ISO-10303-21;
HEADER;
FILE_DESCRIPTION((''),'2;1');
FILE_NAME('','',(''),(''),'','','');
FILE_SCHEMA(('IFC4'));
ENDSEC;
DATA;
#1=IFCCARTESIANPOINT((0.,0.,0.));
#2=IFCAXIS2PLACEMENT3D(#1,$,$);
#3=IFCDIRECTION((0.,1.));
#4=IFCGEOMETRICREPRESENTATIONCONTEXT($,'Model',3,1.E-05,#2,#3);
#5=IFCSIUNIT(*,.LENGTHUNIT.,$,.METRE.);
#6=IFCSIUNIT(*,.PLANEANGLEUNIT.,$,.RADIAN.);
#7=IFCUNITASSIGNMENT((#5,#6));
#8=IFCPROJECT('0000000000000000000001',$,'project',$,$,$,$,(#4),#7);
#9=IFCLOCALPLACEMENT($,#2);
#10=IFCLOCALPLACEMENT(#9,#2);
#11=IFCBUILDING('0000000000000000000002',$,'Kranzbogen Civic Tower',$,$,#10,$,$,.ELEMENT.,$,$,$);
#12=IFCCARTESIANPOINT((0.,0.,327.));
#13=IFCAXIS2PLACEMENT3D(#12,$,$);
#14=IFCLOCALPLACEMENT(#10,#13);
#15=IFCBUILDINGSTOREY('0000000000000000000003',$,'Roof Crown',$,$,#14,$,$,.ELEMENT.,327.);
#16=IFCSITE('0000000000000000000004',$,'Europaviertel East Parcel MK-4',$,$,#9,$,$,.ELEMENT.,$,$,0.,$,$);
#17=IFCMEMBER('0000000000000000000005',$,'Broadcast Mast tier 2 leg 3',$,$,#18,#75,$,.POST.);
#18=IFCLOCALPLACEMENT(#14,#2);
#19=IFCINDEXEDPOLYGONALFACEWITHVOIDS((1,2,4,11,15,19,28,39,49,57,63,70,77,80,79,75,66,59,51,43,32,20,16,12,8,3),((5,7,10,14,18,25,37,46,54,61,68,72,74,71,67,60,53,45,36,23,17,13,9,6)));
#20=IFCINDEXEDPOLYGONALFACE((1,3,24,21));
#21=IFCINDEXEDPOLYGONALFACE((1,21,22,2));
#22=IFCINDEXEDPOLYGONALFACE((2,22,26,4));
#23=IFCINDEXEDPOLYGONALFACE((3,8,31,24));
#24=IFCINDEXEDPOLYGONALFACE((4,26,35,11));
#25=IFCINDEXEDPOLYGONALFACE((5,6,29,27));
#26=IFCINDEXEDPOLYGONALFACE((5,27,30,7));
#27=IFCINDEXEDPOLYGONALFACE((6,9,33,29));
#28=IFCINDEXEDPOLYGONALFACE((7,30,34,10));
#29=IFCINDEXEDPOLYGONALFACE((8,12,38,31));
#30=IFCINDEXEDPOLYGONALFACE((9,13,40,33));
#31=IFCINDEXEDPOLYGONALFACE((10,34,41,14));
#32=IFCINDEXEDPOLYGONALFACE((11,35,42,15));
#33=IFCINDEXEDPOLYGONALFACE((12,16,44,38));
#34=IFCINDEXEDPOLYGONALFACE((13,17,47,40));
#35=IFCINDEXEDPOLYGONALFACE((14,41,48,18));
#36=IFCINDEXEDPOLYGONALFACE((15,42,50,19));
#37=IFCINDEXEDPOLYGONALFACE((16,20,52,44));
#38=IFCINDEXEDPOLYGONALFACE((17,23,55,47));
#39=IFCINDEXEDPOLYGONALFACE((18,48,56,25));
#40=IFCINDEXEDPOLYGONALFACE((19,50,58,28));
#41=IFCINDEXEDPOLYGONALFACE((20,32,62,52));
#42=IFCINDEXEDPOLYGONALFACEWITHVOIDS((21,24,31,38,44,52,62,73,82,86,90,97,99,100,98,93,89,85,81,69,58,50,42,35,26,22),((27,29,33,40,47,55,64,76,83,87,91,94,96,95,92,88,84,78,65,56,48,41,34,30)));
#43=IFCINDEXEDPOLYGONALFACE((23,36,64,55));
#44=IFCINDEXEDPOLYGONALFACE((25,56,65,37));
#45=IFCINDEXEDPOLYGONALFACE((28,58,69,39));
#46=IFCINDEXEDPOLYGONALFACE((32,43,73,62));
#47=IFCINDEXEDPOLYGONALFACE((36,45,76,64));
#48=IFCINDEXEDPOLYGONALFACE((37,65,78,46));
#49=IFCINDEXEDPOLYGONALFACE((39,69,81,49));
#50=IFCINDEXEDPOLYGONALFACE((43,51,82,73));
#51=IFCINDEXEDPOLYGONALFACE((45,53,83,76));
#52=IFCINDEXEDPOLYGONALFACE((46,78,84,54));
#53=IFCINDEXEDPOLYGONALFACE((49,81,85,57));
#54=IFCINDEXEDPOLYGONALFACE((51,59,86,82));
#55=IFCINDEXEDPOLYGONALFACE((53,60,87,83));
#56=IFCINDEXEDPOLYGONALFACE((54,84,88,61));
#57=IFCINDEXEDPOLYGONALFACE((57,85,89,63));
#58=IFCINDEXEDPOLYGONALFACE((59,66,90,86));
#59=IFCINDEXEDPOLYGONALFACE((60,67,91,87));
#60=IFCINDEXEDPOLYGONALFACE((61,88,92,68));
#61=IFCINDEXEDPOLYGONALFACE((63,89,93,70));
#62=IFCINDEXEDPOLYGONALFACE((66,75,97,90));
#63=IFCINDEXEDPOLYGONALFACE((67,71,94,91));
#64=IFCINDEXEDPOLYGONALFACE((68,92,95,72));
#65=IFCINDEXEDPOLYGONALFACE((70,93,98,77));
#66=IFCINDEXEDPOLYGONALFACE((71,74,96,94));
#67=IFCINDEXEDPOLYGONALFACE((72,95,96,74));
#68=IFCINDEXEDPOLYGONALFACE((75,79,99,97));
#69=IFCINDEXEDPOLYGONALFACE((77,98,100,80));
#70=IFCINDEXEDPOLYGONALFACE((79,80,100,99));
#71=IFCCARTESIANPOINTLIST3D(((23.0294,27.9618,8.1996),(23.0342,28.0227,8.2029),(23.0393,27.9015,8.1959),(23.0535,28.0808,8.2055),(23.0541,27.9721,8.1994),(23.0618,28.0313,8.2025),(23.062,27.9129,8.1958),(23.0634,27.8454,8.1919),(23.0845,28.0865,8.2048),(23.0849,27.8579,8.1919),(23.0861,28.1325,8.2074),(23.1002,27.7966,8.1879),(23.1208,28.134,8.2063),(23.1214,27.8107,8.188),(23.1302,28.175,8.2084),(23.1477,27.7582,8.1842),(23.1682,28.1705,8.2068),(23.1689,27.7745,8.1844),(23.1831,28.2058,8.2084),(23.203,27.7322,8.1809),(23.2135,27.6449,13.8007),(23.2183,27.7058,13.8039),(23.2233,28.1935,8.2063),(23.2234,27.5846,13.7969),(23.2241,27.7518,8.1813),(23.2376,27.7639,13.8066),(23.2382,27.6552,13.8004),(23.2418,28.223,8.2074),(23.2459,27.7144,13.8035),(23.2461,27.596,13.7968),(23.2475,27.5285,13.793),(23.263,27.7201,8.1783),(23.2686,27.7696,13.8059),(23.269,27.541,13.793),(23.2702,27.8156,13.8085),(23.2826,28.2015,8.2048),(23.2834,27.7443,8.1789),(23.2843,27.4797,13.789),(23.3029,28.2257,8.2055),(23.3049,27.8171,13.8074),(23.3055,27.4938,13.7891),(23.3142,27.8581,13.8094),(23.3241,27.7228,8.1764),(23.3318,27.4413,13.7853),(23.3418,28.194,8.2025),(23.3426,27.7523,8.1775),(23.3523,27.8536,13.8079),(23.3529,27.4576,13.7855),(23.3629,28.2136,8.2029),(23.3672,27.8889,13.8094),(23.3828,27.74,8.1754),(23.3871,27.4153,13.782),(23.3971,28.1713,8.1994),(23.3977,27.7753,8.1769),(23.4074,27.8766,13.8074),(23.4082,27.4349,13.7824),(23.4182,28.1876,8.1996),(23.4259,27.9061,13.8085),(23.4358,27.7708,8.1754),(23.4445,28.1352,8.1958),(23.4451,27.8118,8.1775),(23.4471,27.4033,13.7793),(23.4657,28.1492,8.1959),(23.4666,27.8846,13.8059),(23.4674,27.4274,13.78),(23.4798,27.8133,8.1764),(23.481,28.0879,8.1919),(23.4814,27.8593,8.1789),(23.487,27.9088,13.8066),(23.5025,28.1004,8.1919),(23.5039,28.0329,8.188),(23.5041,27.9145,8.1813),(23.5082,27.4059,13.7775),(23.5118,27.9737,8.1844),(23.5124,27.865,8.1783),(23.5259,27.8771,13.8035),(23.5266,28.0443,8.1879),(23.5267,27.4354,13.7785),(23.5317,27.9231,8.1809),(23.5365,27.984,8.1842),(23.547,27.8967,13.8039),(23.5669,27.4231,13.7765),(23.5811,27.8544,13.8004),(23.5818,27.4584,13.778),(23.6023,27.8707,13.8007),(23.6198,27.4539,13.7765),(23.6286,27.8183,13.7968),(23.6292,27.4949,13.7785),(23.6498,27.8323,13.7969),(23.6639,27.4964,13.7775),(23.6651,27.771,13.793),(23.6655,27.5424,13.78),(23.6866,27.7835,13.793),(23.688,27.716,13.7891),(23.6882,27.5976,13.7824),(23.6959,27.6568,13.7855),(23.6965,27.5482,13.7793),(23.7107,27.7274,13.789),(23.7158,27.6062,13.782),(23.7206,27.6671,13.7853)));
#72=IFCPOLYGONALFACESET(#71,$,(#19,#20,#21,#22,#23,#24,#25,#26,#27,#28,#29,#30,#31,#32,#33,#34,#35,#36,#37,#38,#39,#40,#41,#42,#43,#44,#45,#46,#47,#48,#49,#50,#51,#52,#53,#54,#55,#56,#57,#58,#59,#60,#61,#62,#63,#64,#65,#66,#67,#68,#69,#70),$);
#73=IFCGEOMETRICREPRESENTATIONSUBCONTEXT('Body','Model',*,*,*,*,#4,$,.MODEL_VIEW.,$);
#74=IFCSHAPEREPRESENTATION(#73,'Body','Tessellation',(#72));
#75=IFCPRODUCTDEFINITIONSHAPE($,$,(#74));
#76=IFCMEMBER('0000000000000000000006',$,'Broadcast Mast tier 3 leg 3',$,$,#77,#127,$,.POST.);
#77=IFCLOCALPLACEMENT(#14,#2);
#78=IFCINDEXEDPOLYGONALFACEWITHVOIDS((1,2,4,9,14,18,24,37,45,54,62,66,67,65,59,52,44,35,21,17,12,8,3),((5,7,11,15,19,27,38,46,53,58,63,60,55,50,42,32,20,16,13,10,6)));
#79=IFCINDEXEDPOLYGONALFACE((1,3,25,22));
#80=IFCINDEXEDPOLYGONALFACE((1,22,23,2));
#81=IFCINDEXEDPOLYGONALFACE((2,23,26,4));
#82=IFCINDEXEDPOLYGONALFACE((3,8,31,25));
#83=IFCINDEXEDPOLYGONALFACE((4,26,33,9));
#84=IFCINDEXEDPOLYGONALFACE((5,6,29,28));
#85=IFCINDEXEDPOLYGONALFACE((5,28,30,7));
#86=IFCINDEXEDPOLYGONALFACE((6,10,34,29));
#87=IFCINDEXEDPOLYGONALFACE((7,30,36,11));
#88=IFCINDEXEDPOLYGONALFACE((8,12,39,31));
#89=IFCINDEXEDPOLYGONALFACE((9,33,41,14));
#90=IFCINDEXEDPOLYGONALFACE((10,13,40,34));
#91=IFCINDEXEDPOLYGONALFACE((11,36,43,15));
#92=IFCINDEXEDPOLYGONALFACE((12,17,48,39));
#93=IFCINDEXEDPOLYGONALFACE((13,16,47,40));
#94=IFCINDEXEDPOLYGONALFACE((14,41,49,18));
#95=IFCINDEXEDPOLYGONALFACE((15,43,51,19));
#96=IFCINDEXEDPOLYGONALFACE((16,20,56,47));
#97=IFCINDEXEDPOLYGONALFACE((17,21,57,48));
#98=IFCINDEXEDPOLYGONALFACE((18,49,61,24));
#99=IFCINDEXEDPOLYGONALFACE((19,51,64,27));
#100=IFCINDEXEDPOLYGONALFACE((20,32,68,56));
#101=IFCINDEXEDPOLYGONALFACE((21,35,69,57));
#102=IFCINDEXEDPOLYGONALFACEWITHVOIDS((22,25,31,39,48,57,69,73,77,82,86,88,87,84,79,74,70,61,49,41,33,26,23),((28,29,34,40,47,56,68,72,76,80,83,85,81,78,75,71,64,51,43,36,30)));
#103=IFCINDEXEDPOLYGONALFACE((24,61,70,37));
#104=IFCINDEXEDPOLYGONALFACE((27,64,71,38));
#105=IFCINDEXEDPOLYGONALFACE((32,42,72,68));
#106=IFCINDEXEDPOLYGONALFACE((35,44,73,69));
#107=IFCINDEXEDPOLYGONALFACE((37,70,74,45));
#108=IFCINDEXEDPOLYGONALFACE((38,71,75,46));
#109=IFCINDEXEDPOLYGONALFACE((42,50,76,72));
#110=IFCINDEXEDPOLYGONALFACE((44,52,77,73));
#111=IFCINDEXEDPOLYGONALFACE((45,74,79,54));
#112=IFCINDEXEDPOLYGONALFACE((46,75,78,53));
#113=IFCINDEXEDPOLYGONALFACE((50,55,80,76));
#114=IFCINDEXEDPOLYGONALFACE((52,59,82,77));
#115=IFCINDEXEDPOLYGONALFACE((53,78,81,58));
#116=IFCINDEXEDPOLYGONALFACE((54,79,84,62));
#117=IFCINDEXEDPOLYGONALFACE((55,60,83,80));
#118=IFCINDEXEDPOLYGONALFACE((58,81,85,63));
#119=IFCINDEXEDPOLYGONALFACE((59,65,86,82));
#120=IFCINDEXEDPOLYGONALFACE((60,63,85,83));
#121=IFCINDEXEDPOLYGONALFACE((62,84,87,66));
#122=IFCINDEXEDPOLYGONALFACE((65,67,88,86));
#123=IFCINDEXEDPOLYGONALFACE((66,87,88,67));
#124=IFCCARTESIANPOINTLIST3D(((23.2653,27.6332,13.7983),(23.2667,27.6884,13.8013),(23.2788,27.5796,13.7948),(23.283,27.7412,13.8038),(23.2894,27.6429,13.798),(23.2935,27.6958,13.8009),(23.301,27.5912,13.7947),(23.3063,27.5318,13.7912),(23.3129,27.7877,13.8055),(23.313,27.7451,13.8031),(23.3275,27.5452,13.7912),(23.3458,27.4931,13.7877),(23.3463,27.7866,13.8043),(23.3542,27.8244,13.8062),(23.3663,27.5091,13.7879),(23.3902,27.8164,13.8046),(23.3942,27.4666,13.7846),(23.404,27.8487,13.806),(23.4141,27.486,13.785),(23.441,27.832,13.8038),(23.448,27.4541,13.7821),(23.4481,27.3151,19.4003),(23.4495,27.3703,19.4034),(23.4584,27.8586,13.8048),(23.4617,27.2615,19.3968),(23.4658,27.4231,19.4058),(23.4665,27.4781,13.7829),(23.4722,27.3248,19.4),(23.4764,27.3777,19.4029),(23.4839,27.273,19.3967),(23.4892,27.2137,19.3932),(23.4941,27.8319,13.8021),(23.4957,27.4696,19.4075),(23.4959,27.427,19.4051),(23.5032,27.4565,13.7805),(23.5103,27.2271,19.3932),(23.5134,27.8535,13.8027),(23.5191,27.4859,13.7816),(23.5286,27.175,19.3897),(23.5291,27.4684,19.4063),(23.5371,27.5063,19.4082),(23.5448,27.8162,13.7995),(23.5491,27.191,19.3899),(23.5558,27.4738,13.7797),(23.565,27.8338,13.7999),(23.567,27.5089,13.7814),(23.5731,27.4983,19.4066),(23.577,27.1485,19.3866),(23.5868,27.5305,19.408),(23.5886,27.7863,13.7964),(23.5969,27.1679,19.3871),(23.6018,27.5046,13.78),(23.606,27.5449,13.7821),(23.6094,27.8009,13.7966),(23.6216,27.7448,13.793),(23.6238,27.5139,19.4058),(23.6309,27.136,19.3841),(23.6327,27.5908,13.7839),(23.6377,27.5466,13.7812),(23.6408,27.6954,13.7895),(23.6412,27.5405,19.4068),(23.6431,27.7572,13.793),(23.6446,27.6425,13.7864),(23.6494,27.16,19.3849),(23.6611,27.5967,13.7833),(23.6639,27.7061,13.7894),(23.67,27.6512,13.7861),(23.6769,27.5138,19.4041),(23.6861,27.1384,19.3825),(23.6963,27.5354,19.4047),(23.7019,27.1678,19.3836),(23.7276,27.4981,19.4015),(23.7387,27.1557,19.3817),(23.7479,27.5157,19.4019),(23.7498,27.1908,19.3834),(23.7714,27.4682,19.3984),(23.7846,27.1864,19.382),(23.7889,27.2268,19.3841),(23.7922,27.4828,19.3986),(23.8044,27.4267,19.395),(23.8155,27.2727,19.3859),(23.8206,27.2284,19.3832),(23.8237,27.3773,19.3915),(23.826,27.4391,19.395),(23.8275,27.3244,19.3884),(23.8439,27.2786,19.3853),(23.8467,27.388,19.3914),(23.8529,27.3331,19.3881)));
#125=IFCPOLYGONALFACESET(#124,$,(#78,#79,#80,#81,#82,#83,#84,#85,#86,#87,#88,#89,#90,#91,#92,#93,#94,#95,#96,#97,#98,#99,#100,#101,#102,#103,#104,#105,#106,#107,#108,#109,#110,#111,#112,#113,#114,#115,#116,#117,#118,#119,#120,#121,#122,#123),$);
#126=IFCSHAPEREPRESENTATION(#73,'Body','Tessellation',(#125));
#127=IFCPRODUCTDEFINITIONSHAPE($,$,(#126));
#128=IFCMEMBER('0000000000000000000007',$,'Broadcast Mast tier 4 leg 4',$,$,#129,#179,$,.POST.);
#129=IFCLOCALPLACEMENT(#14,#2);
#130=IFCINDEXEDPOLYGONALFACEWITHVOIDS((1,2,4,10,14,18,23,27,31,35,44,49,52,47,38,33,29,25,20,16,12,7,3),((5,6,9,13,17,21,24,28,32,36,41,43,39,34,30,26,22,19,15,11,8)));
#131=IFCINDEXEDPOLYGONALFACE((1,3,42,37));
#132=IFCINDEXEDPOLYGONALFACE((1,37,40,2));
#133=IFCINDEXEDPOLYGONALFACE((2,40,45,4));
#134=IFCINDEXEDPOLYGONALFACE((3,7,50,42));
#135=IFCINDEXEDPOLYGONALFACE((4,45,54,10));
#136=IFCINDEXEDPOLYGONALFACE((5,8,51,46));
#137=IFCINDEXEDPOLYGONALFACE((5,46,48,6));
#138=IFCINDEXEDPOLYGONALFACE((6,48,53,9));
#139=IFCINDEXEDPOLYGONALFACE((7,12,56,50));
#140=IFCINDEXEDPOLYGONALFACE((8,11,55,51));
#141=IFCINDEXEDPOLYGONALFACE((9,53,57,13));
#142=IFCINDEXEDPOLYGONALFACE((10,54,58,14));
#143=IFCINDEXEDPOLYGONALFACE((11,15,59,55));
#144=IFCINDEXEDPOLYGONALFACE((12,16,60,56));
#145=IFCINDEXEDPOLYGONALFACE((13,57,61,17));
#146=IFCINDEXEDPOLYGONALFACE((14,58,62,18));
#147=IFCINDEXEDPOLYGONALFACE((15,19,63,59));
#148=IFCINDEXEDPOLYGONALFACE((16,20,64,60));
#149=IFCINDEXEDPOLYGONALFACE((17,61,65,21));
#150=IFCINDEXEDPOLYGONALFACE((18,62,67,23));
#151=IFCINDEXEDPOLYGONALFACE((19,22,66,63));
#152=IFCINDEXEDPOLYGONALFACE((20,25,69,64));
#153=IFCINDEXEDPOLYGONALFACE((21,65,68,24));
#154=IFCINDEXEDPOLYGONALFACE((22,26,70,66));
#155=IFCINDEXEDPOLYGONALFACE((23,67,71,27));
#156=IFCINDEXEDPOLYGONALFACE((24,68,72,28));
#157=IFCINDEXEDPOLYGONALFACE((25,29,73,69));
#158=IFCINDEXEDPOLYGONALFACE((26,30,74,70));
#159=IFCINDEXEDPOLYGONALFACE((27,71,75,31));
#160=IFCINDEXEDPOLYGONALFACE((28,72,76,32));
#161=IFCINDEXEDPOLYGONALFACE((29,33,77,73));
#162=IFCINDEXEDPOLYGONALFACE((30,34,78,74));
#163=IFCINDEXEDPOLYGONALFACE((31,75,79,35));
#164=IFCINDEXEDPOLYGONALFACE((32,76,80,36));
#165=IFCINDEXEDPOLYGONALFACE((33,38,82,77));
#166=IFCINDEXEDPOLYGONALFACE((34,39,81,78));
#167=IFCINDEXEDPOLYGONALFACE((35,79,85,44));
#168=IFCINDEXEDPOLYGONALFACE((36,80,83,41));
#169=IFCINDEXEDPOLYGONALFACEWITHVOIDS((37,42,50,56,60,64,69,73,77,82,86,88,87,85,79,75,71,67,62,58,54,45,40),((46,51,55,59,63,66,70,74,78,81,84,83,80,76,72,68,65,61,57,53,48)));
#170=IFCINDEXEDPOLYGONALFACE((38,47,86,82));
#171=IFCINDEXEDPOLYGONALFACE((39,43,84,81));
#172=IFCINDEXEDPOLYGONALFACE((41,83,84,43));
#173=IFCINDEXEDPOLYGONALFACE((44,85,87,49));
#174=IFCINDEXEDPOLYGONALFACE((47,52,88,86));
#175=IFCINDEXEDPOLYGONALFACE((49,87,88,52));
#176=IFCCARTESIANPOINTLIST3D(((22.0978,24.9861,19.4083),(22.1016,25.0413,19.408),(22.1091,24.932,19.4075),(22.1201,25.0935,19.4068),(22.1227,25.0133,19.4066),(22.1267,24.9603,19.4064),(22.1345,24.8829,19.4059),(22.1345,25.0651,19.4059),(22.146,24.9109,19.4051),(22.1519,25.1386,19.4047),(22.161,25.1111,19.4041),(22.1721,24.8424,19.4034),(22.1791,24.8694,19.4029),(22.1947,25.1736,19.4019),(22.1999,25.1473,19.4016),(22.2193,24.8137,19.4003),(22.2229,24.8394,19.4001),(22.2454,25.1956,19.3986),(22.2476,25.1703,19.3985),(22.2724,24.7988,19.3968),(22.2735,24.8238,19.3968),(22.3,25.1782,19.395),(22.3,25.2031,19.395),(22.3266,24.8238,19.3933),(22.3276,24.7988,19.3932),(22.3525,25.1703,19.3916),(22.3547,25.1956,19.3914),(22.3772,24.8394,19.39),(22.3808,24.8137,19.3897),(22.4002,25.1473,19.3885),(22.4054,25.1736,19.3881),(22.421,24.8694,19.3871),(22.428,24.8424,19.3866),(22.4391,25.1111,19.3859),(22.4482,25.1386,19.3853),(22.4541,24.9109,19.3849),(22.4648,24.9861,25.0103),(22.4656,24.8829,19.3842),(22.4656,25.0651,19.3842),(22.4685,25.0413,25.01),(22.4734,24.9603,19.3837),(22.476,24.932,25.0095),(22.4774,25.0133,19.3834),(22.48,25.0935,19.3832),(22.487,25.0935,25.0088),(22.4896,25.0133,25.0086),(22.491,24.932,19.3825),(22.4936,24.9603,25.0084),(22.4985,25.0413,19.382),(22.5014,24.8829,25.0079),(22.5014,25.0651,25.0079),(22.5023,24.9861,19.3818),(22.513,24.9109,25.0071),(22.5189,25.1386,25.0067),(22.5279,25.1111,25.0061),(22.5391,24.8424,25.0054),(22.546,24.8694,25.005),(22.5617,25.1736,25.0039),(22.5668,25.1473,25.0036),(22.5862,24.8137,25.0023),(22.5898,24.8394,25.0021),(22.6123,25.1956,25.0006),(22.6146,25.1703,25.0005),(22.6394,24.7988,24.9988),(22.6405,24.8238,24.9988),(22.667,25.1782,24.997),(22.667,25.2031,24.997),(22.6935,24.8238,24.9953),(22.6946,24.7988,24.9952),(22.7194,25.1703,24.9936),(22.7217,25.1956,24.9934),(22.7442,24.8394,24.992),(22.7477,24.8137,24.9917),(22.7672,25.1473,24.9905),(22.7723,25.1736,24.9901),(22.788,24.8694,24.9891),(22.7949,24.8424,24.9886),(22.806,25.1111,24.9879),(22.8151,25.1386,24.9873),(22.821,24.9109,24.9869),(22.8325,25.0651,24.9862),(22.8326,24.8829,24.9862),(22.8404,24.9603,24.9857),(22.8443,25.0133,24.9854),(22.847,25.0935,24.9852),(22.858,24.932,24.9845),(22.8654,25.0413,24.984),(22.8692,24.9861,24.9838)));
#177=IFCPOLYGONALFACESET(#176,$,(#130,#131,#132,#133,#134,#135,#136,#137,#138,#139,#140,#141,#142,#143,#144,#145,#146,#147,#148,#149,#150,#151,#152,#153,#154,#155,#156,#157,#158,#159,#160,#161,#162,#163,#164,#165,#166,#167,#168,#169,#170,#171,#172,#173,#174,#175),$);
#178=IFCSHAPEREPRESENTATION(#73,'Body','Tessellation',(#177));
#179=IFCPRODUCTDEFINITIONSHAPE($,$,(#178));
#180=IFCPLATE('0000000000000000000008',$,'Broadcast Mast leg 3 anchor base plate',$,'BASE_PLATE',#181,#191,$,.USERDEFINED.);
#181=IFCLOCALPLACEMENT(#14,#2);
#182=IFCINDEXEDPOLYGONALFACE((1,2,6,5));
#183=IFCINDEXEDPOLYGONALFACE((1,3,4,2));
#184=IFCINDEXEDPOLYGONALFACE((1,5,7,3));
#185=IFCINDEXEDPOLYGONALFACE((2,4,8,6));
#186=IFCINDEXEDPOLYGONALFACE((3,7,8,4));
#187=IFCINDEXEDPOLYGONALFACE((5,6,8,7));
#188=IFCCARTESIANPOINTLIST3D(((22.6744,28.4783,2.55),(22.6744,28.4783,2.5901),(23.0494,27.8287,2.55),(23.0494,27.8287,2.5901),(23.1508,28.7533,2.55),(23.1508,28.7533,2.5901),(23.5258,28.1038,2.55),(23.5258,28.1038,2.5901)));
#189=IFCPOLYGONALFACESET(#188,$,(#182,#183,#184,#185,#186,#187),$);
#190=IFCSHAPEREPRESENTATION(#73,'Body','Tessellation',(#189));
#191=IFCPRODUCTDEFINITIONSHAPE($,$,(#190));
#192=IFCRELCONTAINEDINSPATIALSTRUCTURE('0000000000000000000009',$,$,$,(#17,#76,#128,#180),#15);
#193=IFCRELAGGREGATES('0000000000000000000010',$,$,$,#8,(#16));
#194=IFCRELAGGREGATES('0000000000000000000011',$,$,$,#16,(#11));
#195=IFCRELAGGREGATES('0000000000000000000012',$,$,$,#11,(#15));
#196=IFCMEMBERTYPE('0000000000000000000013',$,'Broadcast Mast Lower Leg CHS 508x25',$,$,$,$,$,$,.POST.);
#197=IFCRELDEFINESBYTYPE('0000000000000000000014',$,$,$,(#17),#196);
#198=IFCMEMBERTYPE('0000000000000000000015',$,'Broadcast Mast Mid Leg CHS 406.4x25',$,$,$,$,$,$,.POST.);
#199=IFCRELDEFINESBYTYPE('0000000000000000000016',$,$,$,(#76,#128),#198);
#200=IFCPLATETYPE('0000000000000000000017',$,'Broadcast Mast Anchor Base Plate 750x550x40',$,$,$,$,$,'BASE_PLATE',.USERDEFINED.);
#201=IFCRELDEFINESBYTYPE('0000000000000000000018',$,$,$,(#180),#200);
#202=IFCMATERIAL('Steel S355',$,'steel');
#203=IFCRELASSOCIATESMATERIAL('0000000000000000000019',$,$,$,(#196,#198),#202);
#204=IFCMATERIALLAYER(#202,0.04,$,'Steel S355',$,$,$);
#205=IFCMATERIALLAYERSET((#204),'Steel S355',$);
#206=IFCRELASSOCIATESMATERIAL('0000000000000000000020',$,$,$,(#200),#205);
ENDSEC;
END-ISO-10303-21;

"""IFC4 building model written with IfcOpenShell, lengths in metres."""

from ifc_helpers import new_model, si_unit, direction, frame, origin, origin_2d, place, context, subcontext, project, spatial, rectangle, hollow_circle, extrude, material, layer, layer_set, material_profile, profile_set, type_object, element, save


model = new_model("IFC4")

# Units and contexts
model_context = context("Model", 3, precision=1e-05, world=origin(), true_north=direction((0.0, 1.0)))
body_context = subcontext(model_context, "Body", "Model", "MODEL_VIEW")
ifc_project = project(units=[si_unit("LENGTHUNIT", "METRE"), si_unit("PLANEANGLEUNIT", "RADIAN")], contexts=[model_context])

# Site, building, storey
site_placement = place(None, origin())
site = spatial("IfcSite", under=ifc_project, at=site_placement, Name="Europaviertel East Parcel MK-4", CompositionType="ELEMENT", RefElevation=0.0)
building_placement = place(site_placement, origin())
building = spatial("IfcBuilding", under=site, at=building_placement, Name="Kranzbogen Civic Tower", CompositionType="ELEMENT")
storey_placement = place(building_placement, frame((0.0, 0.0, 327.0)))
storey = spatial("IfcBuildingStorey", under=building, at=storey_placement, Name="Roof Crown", CompositionType="ELEMENT", Elevation=327.0)

# Shared definitions
ifc_material_1 = material(Name="Steel S355", Category="steel")

# Members
ifc_material_profile_1 = material_profile(ifc_material_1, hollow_circle(Radius=0.2539, WallThickness=0.0249, at=origin_2d()), Name="CHS 508x25")
ifc_profile_set_1 = profile_set([ifc_material_profile_1], Name="Steel S355")
member_type_1 = type_object("IfcMemberType", Name="Broadcast Mast Lower Leg CHS 508x25", PredefinedType="POST", material=ifc_profile_set_1)
member_1_placement = place(storey_placement, frame((23.283, 27.9729, 8.1919), z_axis=(0.032795, -0.056457, 0.997866), x_axis=(0.864696, 0.502296, 0.0)))
element("IfcMember", 1, at=member_1_placement, inside=storey, type_object=member_type_1, Name="Broadcast Mast tier 2 leg 3", PredefinedType="POST", context=body_context, shape_type="SweptSolid", body=[
    extrude(hollow_circle(Radius=0.2539, WallThickness=0.0249, at=origin_2d()), origin(), (0.0, 0.0, 1.0), 5.613),
])
ifc_material_profile_2 = material_profile(ifc_material_1, hollow_circle(Radius=0.2031, WallThickness=0.0249, at=origin_2d()), Name="CHS 406.4x25")
ifc_profile_set_2 = profile_set([ifc_material_profile_2], Name="Steel S355")
member_type_2 = type_object("IfcMemberType", Name="Broadcast Mast Mid Leg CHS 406.4x25", PredefinedType="POST", material=ifc_profile_set_2)
for number, where, z_axis, x_axis, name in (
    (2, (23.467, 27.656, 13.793), (0.032572, -0.056664, 0.997862), (0.866971, 0.498359, 0.0), "Broadcast Mast tier 3 leg 3"),
    (3, (22.3, 25.0, 19.395), (0.065362, 0.0, 0.997862), (0.0, 1.0, 0.0), "Broadcast Mast tier 4 leg 4"),
):
    element("IfcMember", number, at=place(storey_placement, frame(where, z_axis=z_axis, x_axis=x_axis)), inside=storey, type_object=member_type_2, Name=name, PredefinedType="POST", context=body_context, shape_type="SweptSolid", body=[
        extrude(hollow_circle(Radius=0.2031, WallThickness=0.0249, at=origin_2d()), origin(), (0.0, 0.0, 1.0), 5.614),
    ])

# Plate
ifc_layer_1 = layer(ifc_material_1, 0.04, Name="Steel S355")
ifc_layer_set_1 = layer_set([ifc_layer_1], Name="Steel S355")
plate_type_1 = type_object("IfcPlateType", Name="Broadcast Mast Anchor Base Plate 750x550x40", ElementType="BASE_PLATE", PredefinedType="USERDEFINED", material=ifc_layer_set_1)
plate_placement = place(storey_placement, frame((23.1001, 28.291, 2.55), z_axis=(0.0, 0.0, 1.0), x_axis=(-0.5, 0.866025, 0.0)))
element("IfcPlate", 4, at=plate_placement, inside=storey, type_object=plate_type_1, Name="Broadcast Mast leg 3 anchor base plate", ObjectType="BASE_PLATE", PredefinedType="USERDEFINED", context=body_context, shape_type="SweptSolid", body=[
    extrude(rectangle(XDim=0.75, YDim=0.55, at=origin_2d()), origin(), (0.0, 0.0, 1.0), 0.04),
])

save(model, "model.ifc")
